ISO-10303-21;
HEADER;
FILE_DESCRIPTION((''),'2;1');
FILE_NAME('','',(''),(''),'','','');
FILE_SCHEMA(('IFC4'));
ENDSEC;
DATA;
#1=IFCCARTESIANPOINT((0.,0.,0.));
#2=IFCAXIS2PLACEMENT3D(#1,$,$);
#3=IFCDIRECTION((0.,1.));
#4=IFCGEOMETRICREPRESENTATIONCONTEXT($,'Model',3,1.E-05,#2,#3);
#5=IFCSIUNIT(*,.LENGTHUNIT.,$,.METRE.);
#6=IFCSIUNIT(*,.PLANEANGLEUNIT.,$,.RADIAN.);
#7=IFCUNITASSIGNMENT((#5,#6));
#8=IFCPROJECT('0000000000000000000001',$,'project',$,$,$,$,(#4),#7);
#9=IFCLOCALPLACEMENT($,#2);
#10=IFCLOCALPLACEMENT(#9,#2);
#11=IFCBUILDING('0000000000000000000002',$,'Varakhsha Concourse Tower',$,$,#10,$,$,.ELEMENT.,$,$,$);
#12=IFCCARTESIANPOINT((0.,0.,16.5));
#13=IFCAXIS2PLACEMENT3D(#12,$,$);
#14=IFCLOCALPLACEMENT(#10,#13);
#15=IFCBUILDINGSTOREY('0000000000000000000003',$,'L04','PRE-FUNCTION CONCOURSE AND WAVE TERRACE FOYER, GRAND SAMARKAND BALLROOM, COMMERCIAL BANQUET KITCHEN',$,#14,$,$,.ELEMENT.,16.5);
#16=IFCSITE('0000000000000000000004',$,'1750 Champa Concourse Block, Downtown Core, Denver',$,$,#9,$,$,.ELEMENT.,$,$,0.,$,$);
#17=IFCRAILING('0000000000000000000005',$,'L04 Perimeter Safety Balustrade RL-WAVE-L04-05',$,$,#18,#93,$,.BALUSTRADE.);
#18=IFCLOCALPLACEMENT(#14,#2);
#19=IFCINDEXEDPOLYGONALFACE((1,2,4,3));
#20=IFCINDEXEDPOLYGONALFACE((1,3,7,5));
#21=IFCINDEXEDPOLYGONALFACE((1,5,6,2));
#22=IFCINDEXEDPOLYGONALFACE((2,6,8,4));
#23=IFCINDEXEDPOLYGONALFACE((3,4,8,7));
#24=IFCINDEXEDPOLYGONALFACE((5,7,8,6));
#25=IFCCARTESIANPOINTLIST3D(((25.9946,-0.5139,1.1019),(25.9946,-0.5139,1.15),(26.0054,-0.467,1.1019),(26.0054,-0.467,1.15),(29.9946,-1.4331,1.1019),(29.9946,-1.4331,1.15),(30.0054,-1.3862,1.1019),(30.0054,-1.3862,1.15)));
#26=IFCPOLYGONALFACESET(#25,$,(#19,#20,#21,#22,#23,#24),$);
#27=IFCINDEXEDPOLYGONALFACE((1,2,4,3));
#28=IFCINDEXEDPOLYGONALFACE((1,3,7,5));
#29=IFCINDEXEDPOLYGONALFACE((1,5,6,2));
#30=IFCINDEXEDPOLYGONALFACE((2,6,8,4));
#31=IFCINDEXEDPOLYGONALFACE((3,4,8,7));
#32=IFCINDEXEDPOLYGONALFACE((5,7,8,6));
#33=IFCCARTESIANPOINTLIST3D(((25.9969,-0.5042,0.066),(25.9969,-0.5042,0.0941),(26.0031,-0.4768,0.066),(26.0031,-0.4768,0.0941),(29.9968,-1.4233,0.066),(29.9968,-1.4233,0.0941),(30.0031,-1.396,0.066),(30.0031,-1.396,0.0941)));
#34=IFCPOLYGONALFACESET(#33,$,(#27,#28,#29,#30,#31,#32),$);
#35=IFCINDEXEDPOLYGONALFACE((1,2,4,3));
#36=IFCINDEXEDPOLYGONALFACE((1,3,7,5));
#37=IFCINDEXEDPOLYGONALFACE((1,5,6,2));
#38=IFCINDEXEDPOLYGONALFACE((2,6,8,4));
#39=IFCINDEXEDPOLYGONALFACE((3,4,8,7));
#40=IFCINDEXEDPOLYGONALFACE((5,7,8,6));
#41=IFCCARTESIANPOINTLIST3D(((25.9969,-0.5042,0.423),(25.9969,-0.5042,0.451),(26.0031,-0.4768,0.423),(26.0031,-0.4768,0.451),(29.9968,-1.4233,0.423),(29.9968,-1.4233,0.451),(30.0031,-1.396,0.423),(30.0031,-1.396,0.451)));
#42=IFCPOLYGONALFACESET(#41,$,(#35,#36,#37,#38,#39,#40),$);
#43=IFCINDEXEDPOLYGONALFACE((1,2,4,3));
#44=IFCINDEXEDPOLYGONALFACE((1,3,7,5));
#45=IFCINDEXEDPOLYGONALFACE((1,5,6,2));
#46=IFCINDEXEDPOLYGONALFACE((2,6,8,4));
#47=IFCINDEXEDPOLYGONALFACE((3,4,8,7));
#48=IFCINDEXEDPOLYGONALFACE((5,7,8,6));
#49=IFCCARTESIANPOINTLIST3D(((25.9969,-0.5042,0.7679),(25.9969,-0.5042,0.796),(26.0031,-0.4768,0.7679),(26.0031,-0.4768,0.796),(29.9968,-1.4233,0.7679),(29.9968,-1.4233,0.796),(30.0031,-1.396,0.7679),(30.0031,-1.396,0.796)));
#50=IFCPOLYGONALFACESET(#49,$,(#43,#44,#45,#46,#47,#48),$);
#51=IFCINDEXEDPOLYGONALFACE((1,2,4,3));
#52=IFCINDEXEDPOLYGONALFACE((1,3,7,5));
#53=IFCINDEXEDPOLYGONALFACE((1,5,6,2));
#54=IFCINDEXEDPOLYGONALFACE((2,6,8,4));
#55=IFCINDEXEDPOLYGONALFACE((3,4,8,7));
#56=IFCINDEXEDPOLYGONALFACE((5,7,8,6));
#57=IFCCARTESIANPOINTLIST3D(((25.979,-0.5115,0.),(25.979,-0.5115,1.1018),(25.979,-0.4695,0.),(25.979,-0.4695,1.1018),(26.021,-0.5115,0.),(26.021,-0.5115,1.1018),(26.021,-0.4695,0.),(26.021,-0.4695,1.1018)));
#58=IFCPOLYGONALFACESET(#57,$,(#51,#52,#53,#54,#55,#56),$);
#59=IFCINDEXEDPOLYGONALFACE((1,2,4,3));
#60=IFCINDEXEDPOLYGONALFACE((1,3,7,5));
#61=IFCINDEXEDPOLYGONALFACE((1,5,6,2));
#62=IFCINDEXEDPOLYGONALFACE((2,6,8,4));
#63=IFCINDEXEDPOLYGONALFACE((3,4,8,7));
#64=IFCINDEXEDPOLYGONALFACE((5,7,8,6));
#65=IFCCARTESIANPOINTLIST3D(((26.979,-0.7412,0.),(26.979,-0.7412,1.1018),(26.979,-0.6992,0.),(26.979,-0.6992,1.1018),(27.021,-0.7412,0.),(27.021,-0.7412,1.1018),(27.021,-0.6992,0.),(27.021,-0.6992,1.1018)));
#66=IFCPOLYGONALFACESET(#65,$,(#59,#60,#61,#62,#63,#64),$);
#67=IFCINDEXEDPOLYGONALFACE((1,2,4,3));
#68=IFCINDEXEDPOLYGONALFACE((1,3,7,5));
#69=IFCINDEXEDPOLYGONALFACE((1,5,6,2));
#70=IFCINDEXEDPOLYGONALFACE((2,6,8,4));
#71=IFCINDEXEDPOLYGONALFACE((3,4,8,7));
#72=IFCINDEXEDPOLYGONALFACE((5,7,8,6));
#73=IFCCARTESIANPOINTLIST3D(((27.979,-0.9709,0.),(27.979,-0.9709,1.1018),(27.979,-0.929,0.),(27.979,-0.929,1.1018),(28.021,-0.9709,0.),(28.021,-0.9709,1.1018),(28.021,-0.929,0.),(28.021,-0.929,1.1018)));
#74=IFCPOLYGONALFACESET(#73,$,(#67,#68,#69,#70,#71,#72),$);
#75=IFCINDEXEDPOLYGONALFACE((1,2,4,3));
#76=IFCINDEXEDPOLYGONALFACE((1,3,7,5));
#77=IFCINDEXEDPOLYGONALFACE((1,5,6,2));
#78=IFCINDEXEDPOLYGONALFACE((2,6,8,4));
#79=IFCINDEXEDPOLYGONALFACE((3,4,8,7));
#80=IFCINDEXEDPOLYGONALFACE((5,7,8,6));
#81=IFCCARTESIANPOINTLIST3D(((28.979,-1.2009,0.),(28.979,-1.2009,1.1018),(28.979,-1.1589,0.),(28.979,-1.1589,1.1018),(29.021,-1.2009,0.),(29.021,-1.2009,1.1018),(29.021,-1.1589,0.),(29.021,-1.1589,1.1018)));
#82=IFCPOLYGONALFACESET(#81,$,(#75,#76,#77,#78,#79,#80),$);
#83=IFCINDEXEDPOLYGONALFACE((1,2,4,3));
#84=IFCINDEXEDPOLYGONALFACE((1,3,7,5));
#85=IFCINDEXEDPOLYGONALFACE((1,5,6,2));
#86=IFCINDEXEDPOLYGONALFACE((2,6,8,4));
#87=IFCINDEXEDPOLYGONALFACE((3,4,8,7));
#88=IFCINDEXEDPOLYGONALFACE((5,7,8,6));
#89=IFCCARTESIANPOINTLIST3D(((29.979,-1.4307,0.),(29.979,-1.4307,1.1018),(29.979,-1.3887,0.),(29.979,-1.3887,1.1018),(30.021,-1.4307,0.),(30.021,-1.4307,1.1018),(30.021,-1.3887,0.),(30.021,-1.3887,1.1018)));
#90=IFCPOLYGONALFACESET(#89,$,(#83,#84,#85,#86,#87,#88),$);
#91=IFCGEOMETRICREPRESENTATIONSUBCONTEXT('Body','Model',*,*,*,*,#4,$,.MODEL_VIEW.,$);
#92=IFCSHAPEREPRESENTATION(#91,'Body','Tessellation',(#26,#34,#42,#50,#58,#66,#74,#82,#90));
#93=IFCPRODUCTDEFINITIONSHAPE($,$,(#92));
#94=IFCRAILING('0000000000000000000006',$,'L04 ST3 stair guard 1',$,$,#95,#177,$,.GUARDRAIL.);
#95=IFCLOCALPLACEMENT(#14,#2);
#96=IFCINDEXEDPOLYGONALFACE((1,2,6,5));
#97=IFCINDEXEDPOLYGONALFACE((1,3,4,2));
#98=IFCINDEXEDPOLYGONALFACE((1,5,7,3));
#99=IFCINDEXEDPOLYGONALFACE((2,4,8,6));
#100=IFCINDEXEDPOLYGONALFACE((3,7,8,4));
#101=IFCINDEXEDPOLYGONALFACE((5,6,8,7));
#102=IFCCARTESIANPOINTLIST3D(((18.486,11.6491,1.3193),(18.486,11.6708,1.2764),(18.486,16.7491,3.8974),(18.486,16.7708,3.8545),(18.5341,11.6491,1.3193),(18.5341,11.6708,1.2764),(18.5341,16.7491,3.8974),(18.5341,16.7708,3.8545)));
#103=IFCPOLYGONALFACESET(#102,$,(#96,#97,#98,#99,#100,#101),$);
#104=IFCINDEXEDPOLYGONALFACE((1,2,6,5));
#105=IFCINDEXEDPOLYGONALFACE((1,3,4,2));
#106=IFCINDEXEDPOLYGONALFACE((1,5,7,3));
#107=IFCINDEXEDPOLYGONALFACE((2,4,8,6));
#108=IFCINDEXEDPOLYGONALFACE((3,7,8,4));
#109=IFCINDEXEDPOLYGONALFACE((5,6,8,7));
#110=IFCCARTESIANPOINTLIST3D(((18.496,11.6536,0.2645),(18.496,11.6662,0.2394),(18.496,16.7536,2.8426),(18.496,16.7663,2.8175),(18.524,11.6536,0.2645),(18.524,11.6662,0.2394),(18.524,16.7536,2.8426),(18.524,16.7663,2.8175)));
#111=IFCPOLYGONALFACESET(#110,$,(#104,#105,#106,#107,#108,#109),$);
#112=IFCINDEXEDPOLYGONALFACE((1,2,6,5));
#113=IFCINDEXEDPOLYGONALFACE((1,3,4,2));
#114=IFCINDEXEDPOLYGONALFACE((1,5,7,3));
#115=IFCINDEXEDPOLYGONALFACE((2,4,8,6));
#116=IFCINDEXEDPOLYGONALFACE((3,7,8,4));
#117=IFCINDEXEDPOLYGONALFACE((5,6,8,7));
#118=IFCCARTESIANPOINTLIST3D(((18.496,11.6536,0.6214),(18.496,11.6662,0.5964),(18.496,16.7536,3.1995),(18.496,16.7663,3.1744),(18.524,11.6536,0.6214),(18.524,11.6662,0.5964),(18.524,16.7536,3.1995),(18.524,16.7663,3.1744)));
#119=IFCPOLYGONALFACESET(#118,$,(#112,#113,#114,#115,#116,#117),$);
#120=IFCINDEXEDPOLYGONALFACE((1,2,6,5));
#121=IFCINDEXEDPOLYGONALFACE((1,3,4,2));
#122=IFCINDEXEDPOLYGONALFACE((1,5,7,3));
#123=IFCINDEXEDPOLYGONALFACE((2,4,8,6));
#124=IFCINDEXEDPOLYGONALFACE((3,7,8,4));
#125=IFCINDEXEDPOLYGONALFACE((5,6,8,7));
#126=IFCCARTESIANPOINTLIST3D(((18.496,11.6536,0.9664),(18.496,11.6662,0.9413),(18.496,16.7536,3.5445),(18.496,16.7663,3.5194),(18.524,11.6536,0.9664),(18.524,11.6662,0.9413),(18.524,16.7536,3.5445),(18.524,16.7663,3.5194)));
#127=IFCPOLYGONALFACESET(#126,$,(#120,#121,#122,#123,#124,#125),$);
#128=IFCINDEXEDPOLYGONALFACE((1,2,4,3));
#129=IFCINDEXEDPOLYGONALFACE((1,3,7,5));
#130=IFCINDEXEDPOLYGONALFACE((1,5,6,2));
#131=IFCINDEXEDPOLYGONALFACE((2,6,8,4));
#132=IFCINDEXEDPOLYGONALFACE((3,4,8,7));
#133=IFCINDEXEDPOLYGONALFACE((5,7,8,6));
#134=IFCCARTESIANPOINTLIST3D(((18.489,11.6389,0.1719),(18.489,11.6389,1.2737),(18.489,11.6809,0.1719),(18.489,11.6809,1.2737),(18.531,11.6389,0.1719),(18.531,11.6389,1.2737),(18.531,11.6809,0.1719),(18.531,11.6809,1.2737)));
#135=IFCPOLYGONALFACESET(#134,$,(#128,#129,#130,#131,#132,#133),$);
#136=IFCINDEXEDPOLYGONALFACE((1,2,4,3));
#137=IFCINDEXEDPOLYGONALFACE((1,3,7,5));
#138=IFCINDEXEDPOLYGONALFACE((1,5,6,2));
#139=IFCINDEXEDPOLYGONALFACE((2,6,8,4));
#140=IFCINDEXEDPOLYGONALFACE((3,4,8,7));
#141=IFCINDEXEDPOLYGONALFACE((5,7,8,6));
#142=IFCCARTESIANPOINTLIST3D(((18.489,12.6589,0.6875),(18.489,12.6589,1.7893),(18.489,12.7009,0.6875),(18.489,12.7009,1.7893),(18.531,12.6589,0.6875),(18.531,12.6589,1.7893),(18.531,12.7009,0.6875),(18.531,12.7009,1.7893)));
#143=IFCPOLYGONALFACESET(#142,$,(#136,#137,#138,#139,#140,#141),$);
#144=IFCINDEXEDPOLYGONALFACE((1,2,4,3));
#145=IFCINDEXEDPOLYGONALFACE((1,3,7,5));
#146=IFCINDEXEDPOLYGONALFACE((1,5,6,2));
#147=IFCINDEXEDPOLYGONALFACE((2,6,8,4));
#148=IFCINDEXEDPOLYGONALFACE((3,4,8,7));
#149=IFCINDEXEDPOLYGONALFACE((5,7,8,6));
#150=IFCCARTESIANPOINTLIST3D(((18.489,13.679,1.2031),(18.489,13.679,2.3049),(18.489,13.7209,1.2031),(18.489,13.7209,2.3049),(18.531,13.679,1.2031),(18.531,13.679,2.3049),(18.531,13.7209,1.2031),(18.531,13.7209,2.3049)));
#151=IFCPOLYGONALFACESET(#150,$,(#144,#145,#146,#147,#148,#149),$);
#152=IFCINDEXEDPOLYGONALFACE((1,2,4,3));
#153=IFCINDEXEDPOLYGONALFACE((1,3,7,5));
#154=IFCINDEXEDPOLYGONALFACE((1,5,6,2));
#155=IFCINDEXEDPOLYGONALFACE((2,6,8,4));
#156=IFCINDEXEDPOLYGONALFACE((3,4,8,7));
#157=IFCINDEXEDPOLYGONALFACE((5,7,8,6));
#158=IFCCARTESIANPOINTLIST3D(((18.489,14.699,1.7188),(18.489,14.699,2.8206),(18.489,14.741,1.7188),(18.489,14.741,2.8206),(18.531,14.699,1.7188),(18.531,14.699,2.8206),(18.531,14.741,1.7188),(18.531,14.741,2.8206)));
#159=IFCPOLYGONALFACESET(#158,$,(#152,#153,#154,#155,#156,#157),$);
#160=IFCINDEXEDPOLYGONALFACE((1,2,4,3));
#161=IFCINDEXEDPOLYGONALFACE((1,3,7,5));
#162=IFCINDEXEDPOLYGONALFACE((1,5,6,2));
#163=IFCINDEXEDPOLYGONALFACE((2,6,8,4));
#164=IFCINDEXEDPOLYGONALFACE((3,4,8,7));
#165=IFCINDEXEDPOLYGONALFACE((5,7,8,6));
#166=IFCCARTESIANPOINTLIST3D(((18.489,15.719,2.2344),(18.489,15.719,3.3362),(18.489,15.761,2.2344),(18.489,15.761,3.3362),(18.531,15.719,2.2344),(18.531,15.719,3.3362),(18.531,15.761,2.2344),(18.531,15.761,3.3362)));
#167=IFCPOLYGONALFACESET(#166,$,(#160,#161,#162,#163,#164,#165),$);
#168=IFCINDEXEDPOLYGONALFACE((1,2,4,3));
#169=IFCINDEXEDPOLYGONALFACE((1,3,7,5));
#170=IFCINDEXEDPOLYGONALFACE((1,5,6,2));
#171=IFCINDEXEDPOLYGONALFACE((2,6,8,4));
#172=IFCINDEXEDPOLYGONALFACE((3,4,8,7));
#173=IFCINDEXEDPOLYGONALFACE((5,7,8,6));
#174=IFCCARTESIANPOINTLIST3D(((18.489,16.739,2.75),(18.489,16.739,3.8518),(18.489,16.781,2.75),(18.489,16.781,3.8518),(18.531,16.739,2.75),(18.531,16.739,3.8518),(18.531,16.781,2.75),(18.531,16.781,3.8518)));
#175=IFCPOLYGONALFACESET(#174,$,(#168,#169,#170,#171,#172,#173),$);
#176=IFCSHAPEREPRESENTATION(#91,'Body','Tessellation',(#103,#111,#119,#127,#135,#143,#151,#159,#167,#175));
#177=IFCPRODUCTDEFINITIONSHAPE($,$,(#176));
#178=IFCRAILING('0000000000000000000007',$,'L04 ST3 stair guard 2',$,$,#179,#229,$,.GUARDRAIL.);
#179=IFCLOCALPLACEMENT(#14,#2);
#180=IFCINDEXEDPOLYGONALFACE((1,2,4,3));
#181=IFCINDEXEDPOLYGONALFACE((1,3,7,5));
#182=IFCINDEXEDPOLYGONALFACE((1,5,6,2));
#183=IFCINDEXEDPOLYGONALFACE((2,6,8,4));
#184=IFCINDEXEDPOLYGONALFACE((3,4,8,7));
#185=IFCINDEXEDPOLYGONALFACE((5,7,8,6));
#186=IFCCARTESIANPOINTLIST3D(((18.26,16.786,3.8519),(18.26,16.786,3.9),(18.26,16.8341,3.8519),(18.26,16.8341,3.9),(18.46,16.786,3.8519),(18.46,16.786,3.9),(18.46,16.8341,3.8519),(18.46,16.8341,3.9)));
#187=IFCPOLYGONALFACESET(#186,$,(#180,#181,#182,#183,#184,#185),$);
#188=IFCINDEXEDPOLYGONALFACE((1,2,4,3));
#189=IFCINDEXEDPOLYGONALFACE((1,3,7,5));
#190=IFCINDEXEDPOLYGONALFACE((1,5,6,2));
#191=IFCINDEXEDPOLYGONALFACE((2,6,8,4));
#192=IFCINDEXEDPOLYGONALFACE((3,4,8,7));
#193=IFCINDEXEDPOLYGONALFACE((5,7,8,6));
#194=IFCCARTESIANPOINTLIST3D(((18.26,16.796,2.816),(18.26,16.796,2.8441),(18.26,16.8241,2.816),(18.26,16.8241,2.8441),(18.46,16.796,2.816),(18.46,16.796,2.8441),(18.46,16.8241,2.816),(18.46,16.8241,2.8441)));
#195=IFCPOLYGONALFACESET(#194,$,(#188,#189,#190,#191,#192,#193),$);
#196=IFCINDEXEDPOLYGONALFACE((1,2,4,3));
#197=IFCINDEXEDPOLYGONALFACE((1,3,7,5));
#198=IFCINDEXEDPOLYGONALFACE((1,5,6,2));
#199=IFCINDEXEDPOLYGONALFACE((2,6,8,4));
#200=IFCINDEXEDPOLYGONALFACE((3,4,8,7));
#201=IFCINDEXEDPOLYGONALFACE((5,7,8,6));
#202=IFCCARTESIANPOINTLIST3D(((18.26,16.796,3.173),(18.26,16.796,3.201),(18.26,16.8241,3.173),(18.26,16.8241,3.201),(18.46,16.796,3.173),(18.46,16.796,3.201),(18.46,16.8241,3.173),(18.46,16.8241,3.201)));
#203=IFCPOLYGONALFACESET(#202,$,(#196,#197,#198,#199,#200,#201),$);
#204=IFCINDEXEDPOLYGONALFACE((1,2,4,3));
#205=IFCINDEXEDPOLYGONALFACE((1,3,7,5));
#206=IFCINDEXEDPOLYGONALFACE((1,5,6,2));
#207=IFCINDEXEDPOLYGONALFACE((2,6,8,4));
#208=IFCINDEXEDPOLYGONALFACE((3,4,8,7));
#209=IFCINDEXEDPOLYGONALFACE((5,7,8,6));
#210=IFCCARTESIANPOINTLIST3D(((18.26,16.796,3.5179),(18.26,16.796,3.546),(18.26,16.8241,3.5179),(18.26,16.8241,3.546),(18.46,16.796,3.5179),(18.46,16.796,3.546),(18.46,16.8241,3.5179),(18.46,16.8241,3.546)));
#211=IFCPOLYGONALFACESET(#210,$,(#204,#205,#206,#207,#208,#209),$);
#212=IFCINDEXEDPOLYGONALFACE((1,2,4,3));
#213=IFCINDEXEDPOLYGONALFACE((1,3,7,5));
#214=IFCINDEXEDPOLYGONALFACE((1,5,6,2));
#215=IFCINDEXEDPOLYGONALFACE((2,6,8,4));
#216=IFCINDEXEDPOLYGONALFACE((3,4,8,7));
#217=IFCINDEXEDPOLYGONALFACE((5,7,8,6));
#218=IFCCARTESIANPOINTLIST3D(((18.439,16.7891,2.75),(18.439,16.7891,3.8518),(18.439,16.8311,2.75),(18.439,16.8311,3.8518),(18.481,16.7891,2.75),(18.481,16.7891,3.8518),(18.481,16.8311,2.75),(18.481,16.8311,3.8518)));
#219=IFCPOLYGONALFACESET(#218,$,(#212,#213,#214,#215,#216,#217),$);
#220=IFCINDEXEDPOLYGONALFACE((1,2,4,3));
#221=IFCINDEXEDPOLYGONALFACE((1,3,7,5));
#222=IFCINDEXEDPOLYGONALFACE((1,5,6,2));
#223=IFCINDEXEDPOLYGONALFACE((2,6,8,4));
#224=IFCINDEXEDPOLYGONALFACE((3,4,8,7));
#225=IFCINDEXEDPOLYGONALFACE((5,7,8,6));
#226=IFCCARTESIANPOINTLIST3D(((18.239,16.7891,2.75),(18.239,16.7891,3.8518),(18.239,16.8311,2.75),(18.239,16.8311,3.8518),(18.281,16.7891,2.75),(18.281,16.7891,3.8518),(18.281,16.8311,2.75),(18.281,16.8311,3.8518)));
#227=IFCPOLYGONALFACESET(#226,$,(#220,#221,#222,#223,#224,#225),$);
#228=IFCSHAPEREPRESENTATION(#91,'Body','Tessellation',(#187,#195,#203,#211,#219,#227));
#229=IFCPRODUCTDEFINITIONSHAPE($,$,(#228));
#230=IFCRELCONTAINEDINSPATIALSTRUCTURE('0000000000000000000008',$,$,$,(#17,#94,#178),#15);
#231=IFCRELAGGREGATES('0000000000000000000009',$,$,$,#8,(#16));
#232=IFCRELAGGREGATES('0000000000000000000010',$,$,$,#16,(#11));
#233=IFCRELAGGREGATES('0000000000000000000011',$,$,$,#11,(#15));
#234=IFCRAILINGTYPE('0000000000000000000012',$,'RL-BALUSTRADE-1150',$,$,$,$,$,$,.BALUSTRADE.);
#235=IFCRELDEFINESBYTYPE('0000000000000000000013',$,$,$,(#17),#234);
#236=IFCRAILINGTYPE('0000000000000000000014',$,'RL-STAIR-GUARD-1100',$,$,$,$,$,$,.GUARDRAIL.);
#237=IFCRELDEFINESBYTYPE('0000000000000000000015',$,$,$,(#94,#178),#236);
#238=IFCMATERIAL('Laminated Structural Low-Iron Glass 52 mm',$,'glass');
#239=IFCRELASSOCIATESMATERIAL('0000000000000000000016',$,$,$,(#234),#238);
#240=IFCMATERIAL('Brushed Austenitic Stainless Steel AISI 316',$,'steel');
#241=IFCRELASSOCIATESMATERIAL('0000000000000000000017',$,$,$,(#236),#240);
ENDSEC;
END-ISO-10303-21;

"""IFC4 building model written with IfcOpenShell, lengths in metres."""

from ifc_helpers import new_model, si_unit, direction, frame, origin, origin_2d, place, context, subcontext, project, spatial, rectangle, extrude, material, type_object, element, save


model = new_model("IFC4")

# Units and contexts
model_context = context("Model", 3, precision=1e-05, world=origin(), true_north=direction((0.0, 1.0)))
body_context = subcontext(model_context, "Body", "Model", "MODEL_VIEW")
ifc_project = project(units=[si_unit("LENGTHUNIT", "METRE"), si_unit("PLANEANGLEUNIT", "RADIAN")], contexts=[model_context])

# Site, building, storey
site_placement = place(None, origin())
site = spatial("IfcSite", under=ifc_project, at=site_placement, Name="1750 Champa Concourse Block, Downtown Core, Denver", CompositionType="ELEMENT", RefElevation=0.0)
building_placement = place(site_placement, origin())
building = spatial("IfcBuilding", under=site, at=building_placement, Name="Varakhsha Concourse Tower", CompositionType="ELEMENT")
storey_placement = place(building_placement, frame((0.0, 0.0, 16.5)))
storey = spatial("IfcBuildingStorey", under=building, at=storey_placement, Name="L04", Description="PRE-FUNCTION CONCOURSE AND WAVE TERRACE FOYER, GRAND SAMARKAND BALLROOM, COMMERCIAL BANQUET KITCHEN", CompositionType="ELEMENT", Elevation=16.5)

# Railings
ifc_material_1 = material(Name="Laminated Structural Low-Iron Glass 52 mm", Category="glass")
railing_type_1 = type_object("IfcRailingType", Name="RL-BALUSTRADE-1150", PredefinedType="BALUSTRADE", material=ifc_material_1)
railing_1_placement = place(storey_placement, frame((26.0, -0.4905, 0.0)))
element("IfcRailing", 1, at=railing_1_placement, inside=storey, type_object=railing_type_1, Name="L04 Perimeter Safety Balustrade RL-WAVE-L04-05", PredefinedType="BALUSTRADE", context=body_context, shape_type="SweptSolid", body=[
    extrude(rectangle(XDim=0.0481, YDim=0.0481, at=origin_2d()), frame((0.0, 0.0, 1.126), z_axis=(0.974598, -0.22396, 0.0), x_axis=(0.22396, 0.974598, 0.0)), (0.0, 0.0, 1.0), 4.1042),
    extrude(rectangle(XDim=0.0281, YDim=0.0281, at=origin_2d()), frame((0.0, 0.0, 0.0801), z_axis=(0.974598, -0.22396, 0.0), x_axis=(0.22396, 0.974598, 0.0)), (0.0, 0.0, 1.0), 4.1042),
    extrude(rectangle(XDim=0.0281, YDim=0.0281, at=origin_2d()), frame((0.0, 0.0, 0.437), z_axis=(0.974598, -0.22396, 0.0), x_axis=(0.22396, 0.974598, 0.0)), (0.0, 0.0, 1.0), 4.1042),
    extrude(rectangle(XDim=0.0281, YDim=0.0281, at=origin_2d()), frame((0.0, 0.0, 0.782), z_axis=(0.974598, -0.22396, 0.0), x_axis=(0.22396, 0.974598, 0.0)), (0.0, 0.0, 1.0), 4.1042),
    extrude(rectangle(XDim=0.042, YDim=0.042, at=origin_2d()), origin(), (0.0, 0.0, 1.0), 1.1018),
    extrude(rectangle(XDim=0.042, YDim=0.042, at=origin_2d()), frame((1.0, -0.2297, 0.0)), (0.0, 0.0, 1.0), 1.1018),
    extrude(rectangle(XDim=0.042, YDim=0.042, at=origin_2d()), frame((2.0, -0.4595, 0.0)), (0.0, 0.0, 1.0), 1.1018),
    extrude(rectangle(XDim=0.042, YDim=0.042, at=origin_2d()), frame((3.0, -0.6895, 0.0)), (0.0, 0.0, 1.0), 1.1018),
    extrude(rectangle(XDim=0.042, YDim=0.042, at=origin_2d()), frame((4.0, -0.9192, 0.0)), (0.0, 0.0, 1.0), 1.1018),
])
ifc_material_2 = material(Name="Brushed Austenitic Stainless Steel AISI 316", Category="steel")
railing_type_2 = type_object("IfcRailingType", Name="RL-STAIR-GUARD-1100", PredefinedType="GUARDRAIL", material=ifc_material_2)
railing_2_placement = place(storey_placement, frame((18.51, 11.6599, 0.1719)))
element("IfcRailing", 2, at=railing_2_placement, inside=storey, type_object=railing_type_2, Name="L04 ST3 stair guard 1", PredefinedType="GUARDRAIL", context=body_context, shape_type="SweptSolid", body=[
    extrude(rectangle(XDim=0.0481, YDim=0.0481, at=origin_2d()), frame((0.0, 0.0, 1.126), z_axis=(0.0, 0.892453, 0.45114), x_axis=(-1.0, 0.0, 0.0)), (0.0, 0.0, 1.0), 5.7146),
    extrude(rectangle(XDim=0.0281, YDim=0.0281, at=origin_2d()), frame((0.0, 0.0, 0.0801), z_axis=(0.0, 0.892453, 0.45114), x_axis=(-1.0, 0.0, 0.0)), (0.0, 0.0, 1.0), 5.7146),
    extrude(rectangle(XDim=0.0281, YDim=0.0281, at=origin_2d()), frame((0.0, 0.0, 0.437), z_axis=(0.0, 0.892453, 0.45114), x_axis=(-1.0, 0.0, 0.0)), (0.0, 0.0, 1.0), 5.7146),
    extrude(rectangle(XDim=0.0281, YDim=0.0281, at=origin_2d()), frame((0.0, 0.0, 0.782), z_axis=(0.0, 0.892453, 0.45114), x_axis=(-1.0, 0.0, 0.0)), (0.0, 0.0, 1.0), 5.7146),
    extrude(rectangle(XDim=0.042, YDim=0.042, at=origin_2d()), origin(), (0.0, 0.0, 1.0), 1.1018),
    extrude(rectangle(XDim=0.042, YDim=0.042, at=origin_2d()), frame((0.0, 1.02, 0.5156)), (0.0, 0.0, 1.0), 1.1018),
    extrude(rectangle(XDim=0.042, YDim=0.042, at=origin_2d()), frame((0.0, 2.04, 1.0312)), (0.0, 0.0, 1.0), 1.1018),
    extrude(rectangle(XDim=0.042, YDim=0.042, at=origin_2d()), frame((0.0, 3.0601, 1.5469)), (0.0, 0.0, 1.0), 1.1018),
    extrude(rectangle(XDim=0.042, YDim=0.042, at=origin_2d()), frame((0.0, 4.0801, 2.0625)), (0.0, 0.0, 1.0), 1.1018),
    extrude(rectangle(XDim=0.042, YDim=0.042, at=origin_2d()), frame((0.0, 5.1001, 2.5781)), (0.0, 0.0, 1.0), 1.1018),
])
railing_3_placement = place(storey_placement, frame((18.46, 16.8101, 2.75)))
element("IfcRailing", 3, at=railing_3_placement, inside=storey, type_object=railing_type_2, Name="L04 ST3 stair guard 2", PredefinedType="GUARDRAIL", context=body_context, shape_type="SweptSolid", body=[
    extrude(rectangle(XDim=0.0481, YDim=0.0481, at=origin_2d()), frame((0.0, 0.0, 1.126), z_axis=(-1.0, 0.0, 0.0), x_axis=(0.0, -1.0, 0.0)), (0.0, 0.0, 1.0), 0.2),
    extrude(rectangle(XDim=0.0281, YDim=0.0281, at=origin_2d()), frame((0.0, 0.0, 0.0801), z_axis=(-1.0, 0.0, 0.0), x_axis=(0.0, -1.0, 0.0)), (0.0, 0.0, 1.0), 0.2),
    extrude(rectangle(XDim=0.0281, YDim=0.0281, at=origin_2d()), frame((0.0, 0.0, 0.437), z_axis=(-1.0, 0.0, 0.0), x_axis=(0.0, -1.0, 0.0)), (0.0, 0.0, 1.0), 0.2),
    extrude(rectangle(XDim=0.0281, YDim=0.0281, at=origin_2d()), frame((0.0, 0.0, 0.782), z_axis=(-1.0, 0.0, 0.0), x_axis=(0.0, -1.0, 0.0)), (0.0, 0.0, 1.0), 0.2),
    extrude(rectangle(XDim=0.042, YDim=0.042, at=origin_2d()), origin(), (0.0, 0.0, 1.0), 1.1018),
    extrude(rectangle(XDim=0.042, YDim=0.042, at=origin_2d()), frame((-0.2, 0.0, 0.0)), (0.0, 0.0, 1.0), 1.1018),
])

save(model, "model.ifc")
